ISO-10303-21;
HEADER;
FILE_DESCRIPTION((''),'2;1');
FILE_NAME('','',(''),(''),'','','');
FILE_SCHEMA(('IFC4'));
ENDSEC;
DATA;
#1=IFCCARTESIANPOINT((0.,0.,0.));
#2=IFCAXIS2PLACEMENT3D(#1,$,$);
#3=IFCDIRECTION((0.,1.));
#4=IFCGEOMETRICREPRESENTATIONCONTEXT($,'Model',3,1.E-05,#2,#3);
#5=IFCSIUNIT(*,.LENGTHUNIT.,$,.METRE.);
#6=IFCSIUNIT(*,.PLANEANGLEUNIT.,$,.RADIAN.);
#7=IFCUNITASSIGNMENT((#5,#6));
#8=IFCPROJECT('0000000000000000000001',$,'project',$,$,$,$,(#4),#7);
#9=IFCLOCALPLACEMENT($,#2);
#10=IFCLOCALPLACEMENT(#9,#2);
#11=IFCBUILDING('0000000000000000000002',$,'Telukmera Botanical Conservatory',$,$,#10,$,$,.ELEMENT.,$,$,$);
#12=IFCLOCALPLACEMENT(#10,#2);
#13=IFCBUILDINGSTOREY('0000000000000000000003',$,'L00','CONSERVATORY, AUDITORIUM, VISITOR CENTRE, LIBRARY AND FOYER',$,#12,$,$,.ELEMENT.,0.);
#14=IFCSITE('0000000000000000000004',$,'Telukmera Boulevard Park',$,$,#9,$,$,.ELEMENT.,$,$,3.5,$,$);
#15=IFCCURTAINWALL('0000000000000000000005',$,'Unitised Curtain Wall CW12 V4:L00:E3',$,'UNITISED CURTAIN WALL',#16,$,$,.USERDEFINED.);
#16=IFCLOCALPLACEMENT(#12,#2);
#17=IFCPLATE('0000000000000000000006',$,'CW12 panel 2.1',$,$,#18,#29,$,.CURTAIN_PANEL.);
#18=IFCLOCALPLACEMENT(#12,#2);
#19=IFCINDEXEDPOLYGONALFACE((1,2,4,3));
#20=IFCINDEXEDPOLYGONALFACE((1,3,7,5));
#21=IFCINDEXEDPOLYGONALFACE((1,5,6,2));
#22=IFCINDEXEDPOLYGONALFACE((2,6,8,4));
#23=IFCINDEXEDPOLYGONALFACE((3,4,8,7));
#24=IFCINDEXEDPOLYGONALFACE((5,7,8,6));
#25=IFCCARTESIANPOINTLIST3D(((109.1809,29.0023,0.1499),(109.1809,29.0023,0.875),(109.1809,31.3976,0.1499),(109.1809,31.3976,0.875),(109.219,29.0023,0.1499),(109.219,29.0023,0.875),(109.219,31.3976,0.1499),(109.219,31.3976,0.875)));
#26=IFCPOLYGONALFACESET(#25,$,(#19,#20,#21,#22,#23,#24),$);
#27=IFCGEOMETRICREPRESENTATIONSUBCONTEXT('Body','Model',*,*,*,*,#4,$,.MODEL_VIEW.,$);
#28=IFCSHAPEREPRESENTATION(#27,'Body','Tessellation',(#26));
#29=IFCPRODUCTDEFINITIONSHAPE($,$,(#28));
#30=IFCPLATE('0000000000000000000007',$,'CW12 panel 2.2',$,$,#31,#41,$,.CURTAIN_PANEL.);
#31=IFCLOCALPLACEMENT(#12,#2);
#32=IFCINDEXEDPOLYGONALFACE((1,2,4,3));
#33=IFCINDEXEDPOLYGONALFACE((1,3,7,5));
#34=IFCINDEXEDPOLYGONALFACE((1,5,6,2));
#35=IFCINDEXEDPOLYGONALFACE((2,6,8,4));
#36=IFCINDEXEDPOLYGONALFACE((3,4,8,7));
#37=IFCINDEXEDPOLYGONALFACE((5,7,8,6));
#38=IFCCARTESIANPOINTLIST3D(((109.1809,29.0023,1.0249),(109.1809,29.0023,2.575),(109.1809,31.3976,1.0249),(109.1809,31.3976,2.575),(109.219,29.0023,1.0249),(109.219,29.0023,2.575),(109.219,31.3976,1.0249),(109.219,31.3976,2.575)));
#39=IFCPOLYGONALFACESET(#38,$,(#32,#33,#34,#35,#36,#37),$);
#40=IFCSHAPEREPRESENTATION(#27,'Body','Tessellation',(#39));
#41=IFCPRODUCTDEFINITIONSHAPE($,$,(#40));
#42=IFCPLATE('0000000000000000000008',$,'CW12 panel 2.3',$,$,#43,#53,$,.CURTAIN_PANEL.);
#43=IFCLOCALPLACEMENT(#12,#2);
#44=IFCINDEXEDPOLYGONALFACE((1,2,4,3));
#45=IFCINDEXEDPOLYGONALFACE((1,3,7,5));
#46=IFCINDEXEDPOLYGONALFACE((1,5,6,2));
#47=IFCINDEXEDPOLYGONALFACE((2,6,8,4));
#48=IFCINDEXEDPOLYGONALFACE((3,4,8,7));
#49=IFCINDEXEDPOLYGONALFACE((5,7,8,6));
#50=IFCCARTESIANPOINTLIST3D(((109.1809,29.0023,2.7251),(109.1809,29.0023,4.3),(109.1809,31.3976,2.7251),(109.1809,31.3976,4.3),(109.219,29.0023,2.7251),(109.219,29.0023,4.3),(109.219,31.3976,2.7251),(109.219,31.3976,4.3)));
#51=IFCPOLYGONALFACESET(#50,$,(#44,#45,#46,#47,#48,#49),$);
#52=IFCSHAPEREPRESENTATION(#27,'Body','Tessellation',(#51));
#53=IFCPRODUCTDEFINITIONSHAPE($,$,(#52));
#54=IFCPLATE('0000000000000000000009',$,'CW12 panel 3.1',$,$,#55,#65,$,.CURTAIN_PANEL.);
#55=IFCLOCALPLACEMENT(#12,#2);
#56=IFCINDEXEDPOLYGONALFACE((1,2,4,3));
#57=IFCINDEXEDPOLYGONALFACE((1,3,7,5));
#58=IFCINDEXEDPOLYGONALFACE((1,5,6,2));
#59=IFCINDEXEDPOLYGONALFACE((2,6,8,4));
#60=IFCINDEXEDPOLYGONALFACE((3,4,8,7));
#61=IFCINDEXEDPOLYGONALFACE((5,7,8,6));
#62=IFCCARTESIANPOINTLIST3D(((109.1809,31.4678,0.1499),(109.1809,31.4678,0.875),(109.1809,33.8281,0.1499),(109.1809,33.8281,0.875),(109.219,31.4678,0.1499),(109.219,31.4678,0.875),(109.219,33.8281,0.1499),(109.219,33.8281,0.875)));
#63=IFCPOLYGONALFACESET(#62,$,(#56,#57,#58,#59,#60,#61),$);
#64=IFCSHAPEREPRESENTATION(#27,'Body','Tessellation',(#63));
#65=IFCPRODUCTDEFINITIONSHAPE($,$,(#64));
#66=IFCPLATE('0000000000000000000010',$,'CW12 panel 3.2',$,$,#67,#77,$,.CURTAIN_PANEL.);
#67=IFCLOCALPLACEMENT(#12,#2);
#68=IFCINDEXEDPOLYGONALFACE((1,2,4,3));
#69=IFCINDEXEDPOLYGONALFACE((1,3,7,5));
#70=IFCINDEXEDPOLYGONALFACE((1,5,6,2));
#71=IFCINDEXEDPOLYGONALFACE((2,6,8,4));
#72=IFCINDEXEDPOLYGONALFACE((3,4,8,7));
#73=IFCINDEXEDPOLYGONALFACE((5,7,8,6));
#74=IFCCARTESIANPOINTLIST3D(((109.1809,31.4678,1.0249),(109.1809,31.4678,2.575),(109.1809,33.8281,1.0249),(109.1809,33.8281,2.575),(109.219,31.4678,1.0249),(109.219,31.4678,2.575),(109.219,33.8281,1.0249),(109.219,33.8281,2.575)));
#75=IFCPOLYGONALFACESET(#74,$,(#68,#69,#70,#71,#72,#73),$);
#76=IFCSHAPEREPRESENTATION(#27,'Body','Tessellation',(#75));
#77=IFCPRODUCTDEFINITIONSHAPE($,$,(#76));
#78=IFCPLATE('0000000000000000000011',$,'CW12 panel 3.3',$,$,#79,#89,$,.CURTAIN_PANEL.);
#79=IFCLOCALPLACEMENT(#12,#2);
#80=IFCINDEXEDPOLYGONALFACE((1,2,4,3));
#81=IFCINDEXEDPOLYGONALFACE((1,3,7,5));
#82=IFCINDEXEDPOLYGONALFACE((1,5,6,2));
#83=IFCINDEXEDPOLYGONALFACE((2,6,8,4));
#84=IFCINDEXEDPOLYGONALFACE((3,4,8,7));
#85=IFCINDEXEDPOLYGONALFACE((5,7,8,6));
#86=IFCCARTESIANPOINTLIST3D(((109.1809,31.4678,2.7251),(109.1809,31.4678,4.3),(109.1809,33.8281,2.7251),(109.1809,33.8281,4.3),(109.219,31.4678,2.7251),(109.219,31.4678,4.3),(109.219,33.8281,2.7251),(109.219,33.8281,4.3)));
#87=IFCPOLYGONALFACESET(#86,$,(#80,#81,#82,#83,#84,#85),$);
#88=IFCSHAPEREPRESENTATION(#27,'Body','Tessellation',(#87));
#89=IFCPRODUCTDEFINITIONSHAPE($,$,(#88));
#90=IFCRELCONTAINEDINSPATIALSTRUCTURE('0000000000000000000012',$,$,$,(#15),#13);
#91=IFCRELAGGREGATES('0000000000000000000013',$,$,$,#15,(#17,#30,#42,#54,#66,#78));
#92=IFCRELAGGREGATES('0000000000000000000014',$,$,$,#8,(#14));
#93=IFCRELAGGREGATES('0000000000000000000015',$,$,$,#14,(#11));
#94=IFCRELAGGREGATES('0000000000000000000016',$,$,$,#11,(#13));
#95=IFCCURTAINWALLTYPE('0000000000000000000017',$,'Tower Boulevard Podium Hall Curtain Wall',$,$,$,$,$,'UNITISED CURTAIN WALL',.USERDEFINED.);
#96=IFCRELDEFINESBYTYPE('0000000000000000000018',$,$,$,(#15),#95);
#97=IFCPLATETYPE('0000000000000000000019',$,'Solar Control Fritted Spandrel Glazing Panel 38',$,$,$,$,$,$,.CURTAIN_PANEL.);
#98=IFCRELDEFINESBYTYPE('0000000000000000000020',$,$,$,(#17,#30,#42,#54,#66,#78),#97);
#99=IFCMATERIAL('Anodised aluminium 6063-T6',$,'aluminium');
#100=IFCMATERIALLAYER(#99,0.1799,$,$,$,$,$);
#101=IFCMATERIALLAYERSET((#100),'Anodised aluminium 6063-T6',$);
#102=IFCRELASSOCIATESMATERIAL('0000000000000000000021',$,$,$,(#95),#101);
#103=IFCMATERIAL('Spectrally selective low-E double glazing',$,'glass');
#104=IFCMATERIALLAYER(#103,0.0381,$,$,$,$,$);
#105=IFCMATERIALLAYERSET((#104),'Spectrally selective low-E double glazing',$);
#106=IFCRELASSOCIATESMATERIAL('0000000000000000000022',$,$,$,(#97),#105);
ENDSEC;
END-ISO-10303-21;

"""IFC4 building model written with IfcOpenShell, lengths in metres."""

from ifc_helpers import new_model, si_unit, direction, frame, origin, origin_2d, place, context, subcontext, project, spatial, rectangle, extrude, material, layer, layer_set, type_object, element, aggregate, save


model = new_model("IFC4")

# Units and contexts
model_context = context("Model", 3, precision=1e-05, world=origin(), true_north=direction((0.0, 1.0)))
body_context = subcontext(model_context, "Body", "Model", "MODEL_VIEW")
ifc_project = project(units=[si_unit("LENGTHUNIT", "METRE"), si_unit("PLANEANGLEUNIT", "RADIAN")], contexts=[model_context])

# Site, building, storey
site_placement = place(None, origin())
site = spatial("IfcSite", under=ifc_project, at=site_placement, Name="Telukmera Boulevard Park", CompositionType="ELEMENT", RefElevation=3.5)
building_placement = place(site_placement, origin())
building = spatial("IfcBuilding", under=site, at=building_placement, Name="Telukmera Botanical Conservatory", CompositionType="ELEMENT")
storey_placement = place(building_placement, origin())
storey = spatial("IfcBuildingStorey", under=building, at=storey_placement, Name="L00", Description="CONSERVATORY, AUDITORIUM, VISITOR CENTRE, LIBRARY AND FOYER", CompositionType="ELEMENT", Elevation=0.0)

# Curtain wall
ifc_material_1 = material(Name="Anodised aluminium 6063-T6", Category="aluminium")
ifc_layer_1 = layer(ifc_material_1, 0.1799)
ifc_layer_set_1 = layer_set([ifc_layer_1], Name="Anodised aluminium 6063-T6")
curtain_wall_type = type_object("IfcCurtainWallType", Name="Tower Boulevard Podium Hall Curtain Wall", ElementType="UNITISED CURTAIN WALL", PredefinedType="USERDEFINED", material=ifc_layer_set_1)
curtain_wall_1_placement = place(storey_placement, origin())
curtain_wall_1 = element("IfcCurtainWall", 1, at=curtain_wall_1_placement, inside=storey, type_object=curtain_wall_type, Name="Unitised Curtain Wall CW12 V4:L00:E3", ObjectType="UNITISED CURTAIN WALL", PredefinedType="USERDEFINED")

# Plates
ifc_material_2 = material(Name="Spectrally selective low-E double glazing", Category="glass")
ifc_layer_2 = layer(ifc_material_2, 0.0381)
ifc_layer_set_2 = layer_set([ifc_layer_2], Name="Spectrally selective low-E double glazing")
plate_type = type_object("IfcPlateType", Name="Solar Control Fritted Spandrel Glazing Panel 38", PredefinedType="CURTAIN_PANEL", material=ifc_layer_set_2)
plate_1_placement = place(storey_placement, frame((109.2, 30.2, 0.1499), z_axis=(0.0, 0.0, 1.0), x_axis=(0.0, 1.0, 0.0)))
plate_1 = element("IfcPlate", 2, at=plate_1_placement, type_object=plate_type, Name="CW12 panel 2.1", PredefinedType="CURTAIN_PANEL", context=body_context, shape_type="SweptSolid", body=[
    extrude(rectangle(XDim=2.3953, YDim=0.0381, at=origin_2d()), origin(), (0.0, 0.0, 1.0), 0.7251),
])
plate_2_placement = place(storey_placement, frame((109.2, 30.2, 1.0249), z_axis=(0.0, 0.0, 1.0), x_axis=(0.0, 1.0, 0.0)))
plate_2 = element("IfcPlate", 3, at=plate_2_placement, type_object=plate_type, Name="CW12 panel 2.2", PredefinedType="CURTAIN_PANEL", context=body_context, shape_type="SweptSolid", body=[
    extrude(rectangle(XDim=2.3953, YDim=0.0381, at=origin_2d()), origin(), (0.0, 0.0, 1.0), 1.55),
])
plate_3_placement = place(storey_placement, frame((109.2, 30.2, 2.7251), z_axis=(0.0, 0.0, 1.0), x_axis=(0.0, 1.0, 0.0)))
plate_3 = element("IfcPlate", 4, at=plate_3_placement, type_object=plate_type, Name="CW12 panel 2.3", PredefinedType="CURTAIN_PANEL", context=body_context, shape_type="SweptSolid", body=[
    extrude(rectangle(XDim=2.3953, YDim=0.0381, at=origin_2d()), origin(), (0.0, 0.0, 1.0), 1.575),
])
plate_4_placement = place(storey_placement, frame((109.2, 32.6479, 0.1499), z_axis=(0.0, 0.0, 1.0), x_axis=(0.0, 1.0, 0.0)))
plate_4 = element("IfcPlate", 5, at=plate_4_placement, type_object=plate_type, Name="CW12 panel 3.1", PredefinedType="CURTAIN_PANEL", context=body_context, shape_type="SweptSolid", body=[
    extrude(rectangle(XDim=2.3604, YDim=0.0381, at=origin_2d()), origin(), (0.0, 0.0, 1.0), 0.7251),
])
plate_5_placement = place(storey_placement, frame((109.2, 32.6479, 1.0249), z_axis=(0.0, 0.0, 1.0), x_axis=(0.0, 1.0, 0.0)))
plate_5 = element("IfcPlate", 6, at=plate_5_placement, type_object=plate_type, Name="CW12 panel 3.2", PredefinedType="CURTAIN_PANEL", context=body_context, shape_type="SweptSolid", body=[
    extrude(rectangle(XDim=2.3604, YDim=0.0381, at=origin_2d()), origin(), (0.0, 0.0, 1.0), 1.55),
])
plate_6_placement = place(storey_placement, frame((109.2, 32.6479, 2.7251), z_axis=(0.0, 0.0, 1.0), x_axis=(0.0, 1.0, 0.0)))
plate_6 = element("IfcPlate", 7, at=plate_6_placement, type_object=plate_type, Name="CW12 panel 3.3", PredefinedType="CURTAIN_PANEL", context=body_context, shape_type="SweptSolid", body=[
    extrude(rectangle(XDim=2.3604, YDim=0.0381, at=origin_2d()), origin(), (0.0, 0.0, 1.0), 1.575),
])
aggregate(curtain_wall_1, [plate_1, plate_2, plate_3, plate_4, plate_5, plate_6])

save(model, "model.ifc")
